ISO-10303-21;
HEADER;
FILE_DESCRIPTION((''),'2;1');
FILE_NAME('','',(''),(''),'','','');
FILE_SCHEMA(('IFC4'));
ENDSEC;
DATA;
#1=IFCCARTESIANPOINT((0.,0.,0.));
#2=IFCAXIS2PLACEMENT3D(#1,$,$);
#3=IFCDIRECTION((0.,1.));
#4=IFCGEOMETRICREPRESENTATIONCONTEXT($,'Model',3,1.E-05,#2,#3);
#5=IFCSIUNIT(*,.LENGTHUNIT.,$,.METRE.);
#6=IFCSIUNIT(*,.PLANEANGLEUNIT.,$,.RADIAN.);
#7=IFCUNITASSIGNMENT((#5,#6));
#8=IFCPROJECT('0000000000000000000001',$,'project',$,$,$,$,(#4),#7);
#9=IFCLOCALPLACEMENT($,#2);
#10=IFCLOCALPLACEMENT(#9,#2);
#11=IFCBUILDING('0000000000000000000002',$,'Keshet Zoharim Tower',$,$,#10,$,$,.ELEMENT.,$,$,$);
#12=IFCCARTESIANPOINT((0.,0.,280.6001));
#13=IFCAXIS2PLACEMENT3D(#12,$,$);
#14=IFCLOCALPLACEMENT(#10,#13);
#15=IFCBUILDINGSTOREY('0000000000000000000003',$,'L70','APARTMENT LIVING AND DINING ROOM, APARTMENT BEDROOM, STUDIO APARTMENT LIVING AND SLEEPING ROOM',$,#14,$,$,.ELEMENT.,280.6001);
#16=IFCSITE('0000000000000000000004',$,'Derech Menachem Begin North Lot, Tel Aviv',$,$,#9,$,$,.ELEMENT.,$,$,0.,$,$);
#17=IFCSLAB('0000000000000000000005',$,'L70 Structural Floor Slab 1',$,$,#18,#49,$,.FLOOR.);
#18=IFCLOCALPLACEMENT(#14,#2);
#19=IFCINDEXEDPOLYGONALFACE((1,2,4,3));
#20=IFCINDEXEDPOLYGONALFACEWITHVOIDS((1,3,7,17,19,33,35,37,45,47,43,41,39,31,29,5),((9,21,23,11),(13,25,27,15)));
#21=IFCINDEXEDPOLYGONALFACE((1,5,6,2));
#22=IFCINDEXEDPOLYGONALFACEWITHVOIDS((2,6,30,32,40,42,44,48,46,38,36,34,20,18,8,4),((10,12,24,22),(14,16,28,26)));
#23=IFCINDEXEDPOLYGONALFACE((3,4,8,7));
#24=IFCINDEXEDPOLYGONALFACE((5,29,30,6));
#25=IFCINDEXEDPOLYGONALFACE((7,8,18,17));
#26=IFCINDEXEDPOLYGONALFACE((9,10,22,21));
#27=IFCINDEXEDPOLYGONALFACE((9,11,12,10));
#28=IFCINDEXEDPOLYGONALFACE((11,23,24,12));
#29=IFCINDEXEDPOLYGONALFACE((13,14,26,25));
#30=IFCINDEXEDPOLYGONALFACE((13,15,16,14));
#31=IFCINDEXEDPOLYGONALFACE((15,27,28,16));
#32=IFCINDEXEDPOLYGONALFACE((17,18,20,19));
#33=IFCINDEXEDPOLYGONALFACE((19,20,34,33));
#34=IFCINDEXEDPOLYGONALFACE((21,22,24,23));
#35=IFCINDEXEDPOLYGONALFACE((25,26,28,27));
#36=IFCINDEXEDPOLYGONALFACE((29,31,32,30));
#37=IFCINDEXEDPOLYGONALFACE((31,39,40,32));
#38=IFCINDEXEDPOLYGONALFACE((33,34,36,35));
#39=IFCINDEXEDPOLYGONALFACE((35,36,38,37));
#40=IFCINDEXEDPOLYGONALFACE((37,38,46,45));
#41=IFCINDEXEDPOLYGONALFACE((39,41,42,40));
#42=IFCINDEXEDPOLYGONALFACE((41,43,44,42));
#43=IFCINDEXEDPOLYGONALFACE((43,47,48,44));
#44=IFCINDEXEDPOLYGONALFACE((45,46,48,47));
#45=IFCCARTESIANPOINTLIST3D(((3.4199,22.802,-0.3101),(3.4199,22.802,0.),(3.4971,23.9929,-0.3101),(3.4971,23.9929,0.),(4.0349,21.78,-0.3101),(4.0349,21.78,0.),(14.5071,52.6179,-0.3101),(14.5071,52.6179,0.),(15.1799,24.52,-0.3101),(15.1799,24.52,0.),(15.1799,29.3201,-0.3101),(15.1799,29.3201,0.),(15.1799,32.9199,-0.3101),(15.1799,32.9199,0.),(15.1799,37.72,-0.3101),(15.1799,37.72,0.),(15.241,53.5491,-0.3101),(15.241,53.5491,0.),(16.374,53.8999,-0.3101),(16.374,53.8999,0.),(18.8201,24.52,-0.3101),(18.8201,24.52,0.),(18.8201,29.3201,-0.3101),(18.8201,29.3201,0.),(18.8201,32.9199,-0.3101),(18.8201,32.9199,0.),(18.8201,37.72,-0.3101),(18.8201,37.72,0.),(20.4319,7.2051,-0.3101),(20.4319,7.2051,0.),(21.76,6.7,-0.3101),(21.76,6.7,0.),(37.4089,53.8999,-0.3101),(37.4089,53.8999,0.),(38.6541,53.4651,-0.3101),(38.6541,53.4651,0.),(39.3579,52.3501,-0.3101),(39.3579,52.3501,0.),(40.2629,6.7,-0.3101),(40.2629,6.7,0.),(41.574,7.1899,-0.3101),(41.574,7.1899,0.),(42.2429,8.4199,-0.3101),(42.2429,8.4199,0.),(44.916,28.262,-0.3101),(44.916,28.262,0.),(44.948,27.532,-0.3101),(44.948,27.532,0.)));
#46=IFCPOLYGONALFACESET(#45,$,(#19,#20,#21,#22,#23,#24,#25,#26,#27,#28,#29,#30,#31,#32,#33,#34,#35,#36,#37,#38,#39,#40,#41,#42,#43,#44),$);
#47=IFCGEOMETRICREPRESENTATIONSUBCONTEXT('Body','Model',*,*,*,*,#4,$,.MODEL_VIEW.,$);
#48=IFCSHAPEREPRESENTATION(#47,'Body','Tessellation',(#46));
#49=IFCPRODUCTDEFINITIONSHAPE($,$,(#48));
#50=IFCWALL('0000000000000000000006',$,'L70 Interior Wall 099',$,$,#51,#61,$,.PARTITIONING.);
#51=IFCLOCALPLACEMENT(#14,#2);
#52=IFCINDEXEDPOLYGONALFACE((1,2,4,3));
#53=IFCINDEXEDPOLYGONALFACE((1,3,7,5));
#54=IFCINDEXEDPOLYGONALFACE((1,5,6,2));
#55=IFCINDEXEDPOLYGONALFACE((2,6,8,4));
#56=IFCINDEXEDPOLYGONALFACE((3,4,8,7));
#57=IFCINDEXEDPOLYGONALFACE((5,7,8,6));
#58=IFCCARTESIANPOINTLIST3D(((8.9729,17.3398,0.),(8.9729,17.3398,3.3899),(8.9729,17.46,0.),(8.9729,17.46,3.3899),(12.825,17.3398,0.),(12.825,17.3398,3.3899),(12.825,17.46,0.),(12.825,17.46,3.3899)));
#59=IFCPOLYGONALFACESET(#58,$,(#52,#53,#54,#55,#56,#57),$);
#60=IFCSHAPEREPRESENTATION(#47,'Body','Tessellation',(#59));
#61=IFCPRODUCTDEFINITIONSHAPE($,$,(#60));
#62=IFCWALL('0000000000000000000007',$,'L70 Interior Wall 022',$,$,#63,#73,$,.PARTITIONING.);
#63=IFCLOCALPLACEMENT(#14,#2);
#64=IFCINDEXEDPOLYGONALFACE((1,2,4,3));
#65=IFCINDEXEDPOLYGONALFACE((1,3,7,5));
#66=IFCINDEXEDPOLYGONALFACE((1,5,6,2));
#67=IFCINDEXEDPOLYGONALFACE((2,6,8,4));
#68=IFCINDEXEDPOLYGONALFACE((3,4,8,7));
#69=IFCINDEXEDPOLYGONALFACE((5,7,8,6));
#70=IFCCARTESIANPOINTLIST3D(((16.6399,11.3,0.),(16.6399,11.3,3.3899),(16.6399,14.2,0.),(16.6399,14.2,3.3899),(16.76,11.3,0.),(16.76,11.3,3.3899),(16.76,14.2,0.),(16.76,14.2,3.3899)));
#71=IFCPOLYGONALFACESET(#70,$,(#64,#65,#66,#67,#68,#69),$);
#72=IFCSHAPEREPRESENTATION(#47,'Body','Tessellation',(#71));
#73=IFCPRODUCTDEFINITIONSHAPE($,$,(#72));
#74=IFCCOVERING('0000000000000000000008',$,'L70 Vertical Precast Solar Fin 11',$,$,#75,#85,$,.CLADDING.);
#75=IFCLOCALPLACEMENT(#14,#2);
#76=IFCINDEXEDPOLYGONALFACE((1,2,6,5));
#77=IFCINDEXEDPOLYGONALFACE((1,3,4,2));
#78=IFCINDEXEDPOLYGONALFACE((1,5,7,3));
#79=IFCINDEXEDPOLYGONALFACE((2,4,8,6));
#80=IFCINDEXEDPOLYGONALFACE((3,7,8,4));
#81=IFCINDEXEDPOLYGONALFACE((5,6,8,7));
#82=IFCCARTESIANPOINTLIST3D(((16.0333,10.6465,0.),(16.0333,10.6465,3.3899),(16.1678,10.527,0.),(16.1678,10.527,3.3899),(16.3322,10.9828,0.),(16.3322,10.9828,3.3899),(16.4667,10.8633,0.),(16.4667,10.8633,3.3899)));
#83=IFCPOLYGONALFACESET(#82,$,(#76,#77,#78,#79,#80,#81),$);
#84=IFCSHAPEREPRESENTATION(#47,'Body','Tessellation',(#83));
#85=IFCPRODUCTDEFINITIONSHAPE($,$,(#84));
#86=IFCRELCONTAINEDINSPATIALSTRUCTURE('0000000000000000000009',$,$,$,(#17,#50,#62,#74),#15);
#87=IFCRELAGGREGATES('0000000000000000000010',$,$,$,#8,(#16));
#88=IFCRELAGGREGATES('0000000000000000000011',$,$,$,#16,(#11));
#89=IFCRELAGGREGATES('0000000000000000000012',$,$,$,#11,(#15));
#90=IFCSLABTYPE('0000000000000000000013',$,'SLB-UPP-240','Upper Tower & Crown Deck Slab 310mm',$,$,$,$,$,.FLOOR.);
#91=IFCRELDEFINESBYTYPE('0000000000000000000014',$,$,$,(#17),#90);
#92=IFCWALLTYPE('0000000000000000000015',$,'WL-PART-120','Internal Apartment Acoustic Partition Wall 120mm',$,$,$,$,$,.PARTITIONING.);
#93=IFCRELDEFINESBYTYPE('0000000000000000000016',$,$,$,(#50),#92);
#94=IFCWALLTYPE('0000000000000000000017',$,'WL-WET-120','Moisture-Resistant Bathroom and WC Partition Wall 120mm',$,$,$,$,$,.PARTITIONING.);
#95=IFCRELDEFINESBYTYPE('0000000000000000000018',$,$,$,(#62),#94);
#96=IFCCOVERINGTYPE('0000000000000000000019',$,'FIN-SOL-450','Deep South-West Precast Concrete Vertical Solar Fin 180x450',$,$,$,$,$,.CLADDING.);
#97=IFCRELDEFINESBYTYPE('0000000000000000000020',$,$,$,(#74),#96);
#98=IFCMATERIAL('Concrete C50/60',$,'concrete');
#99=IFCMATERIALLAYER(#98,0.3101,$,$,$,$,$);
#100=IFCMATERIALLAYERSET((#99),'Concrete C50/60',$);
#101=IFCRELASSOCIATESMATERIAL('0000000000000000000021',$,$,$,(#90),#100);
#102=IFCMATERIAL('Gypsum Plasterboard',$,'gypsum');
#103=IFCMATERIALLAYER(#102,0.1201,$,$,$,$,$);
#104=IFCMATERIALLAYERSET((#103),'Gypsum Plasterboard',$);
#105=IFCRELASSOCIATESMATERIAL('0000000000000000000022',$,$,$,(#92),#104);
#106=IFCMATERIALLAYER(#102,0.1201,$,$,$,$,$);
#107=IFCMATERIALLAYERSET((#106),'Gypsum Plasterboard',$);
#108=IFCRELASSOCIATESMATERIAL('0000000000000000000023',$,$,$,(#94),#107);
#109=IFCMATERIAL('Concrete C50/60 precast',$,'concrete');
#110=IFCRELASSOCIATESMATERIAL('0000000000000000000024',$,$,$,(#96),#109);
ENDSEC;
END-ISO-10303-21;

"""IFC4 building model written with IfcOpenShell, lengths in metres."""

from ifc_helpers import new_model, si_unit, direction, frame, frame_2d, origin, origin_2d, place, context, subcontext, project, spatial, polyline, rectangle, outline, extrude, material, layer, layer_set, type_object, element, save


model = new_model("IFC4")

# Units and contexts
model_context = context("Model", 3, precision=1e-05, world=origin(), true_north=direction((0.0, 1.0)))
body_context = subcontext(model_context, "Body", "Model", "MODEL_VIEW")
ifc_project = project(units=[si_unit("LENGTHUNIT", "METRE"), si_unit("PLANEANGLEUNIT", "RADIAN")], contexts=[model_context])

# Site, building, storey
site_placement = place(None, origin())
site = spatial("IfcSite", under=ifc_project, at=site_placement, Name="Derech Menachem Begin North Lot, Tel Aviv", CompositionType="ELEMENT", RefElevation=0.0)
building_placement = place(site_placement, origin())
building = spatial("IfcBuilding", under=site, at=building_placement, Name="Keshet Zoharim Tower", CompositionType="ELEMENT")
storey_placement = place(building_placement, frame((0.0, 0.0, 280.6001)))
storey = spatial("IfcBuildingStorey", under=building, at=storey_placement, Name="L70", Description="APARTMENT LIVING AND DINING ROOM, APARTMENT BEDROOM, STUDIO APARTMENT LIVING AND SLEEPING ROOM", CompositionType="ELEMENT", Elevation=280.6001)

# Shared definitions
ifc_material_1 = material(Name="Concrete C50/60", Category="concrete")

# Slab
ifc_layer_1 = layer(ifc_material_1, 0.3101)
ifc_layer_set_1 = layer_set([ifc_layer_1], Name="Concrete C50/60")
slab_type_1 = type_object("IfcSlabType", Name="SLB-UPP-240", Description="Upper Tower & Crown Deck Slab 310mm", PredefinedType="FLOOR", material=ifc_layer_set_1)
slab_1_placement = place(storey_placement, frame((0.0, 0.0, -0.3101)))
element("IfcSlab", 1, at=slab_1_placement, inside=storey, type_object=slab_type_1, Name="L70 Structural Floor Slab 1", PredefinedType="FLOOR", context=body_context, shape_type="SweptSolid", body=[
    extrude(outline(polyline([(4.0349, 21.78), (3.4199, 22.802), (3.4971, 23.9929), (14.5071, 52.6179), (15.241, 53.5491), (16.374, 53.8999), (37.4089, 53.8999), (38.6541, 53.4651), (39.3579, 52.3501), (44.916, 28.262), (44.948, 27.532), (42.2429, 8.4199), (41.574, 7.1899), (40.2629, 6.7), (21.76, 6.7), (20.4319, 7.2051), (4.0349, 21.78)]), holes=[polyline([(15.1799, 24.52), (18.8201, 24.52), (18.8201, 29.3201), (15.1799, 29.3201), (15.1799, 24.52)]), polyline([(15.1799, 32.9199), (18.8201, 32.9199), (18.8201, 37.72), (15.1799, 37.72), (15.1799, 32.9199)])]), origin(), (0.0, 0.0, 1.0), 0.3101),
])

# Shared definitions
ifc_material_2 = material(Name="Gypsum Plasterboard", Category="gypsum")

# Walls
ifc_layer_2 = layer(ifc_material_2, 0.1201)
ifc_layer_set_2 = layer_set([ifc_layer_2], Name="Gypsum Plasterboard")
wall_type_1 = type_object("IfcWallType", Name="WL-PART-120", Description="Internal Apartment Acoustic Partition Wall 120mm", PredefinedType="PARTITIONING", material=ifc_layer_set_2)
wall_1_placement = place(storey_placement, frame((8.9729, 17.3999, 0.0), z_axis=(0.0, 0.0, 1.0), x_axis=(1.0, 0.0, 0.0)))
element("IfcWall", 2, at=wall_1_placement, inside=storey, type_object=wall_type_1, Name="L70 Interior Wall 099", PredefinedType="PARTITIONING", context=body_context, shape_type="SweptSolid", body=[
    extrude(rectangle(XDim=3.8521, YDim=0.1201, at=frame_2d((1.926, 0.0))), origin(), (0.0, 0.0, 1.0), 3.3899),
])
ifc_layer_3 = layer(ifc_material_2, 0.1201)
ifc_layer_set_3 = layer_set([ifc_layer_3], Name="Gypsum Plasterboard")
wall_type_2 = type_object("IfcWallType", Name="WL-WET-120", Description="Moisture-Resistant Bathroom and WC Partition Wall 120mm", PredefinedType="PARTITIONING", material=ifc_layer_set_3)
wall_2_placement = place(storey_placement, frame((16.7, 11.3, 0.0), z_axis=(0.0, 0.0, 1.0), x_axis=(0.0, 1.0, 0.0)))
element("IfcWall", 3, at=wall_2_placement, inside=storey, type_object=wall_type_2, Name="L70 Interior Wall 022", PredefinedType="PARTITIONING", context=body_context, shape_type="SweptSolid", body=[
    extrude(rectangle(XDim=2.8999, YDim=0.1201, at=frame_2d((1.45, 0.0))), origin(), (0.0, 0.0, 1.0), 3.3899),
])

# Covering
ifc_material_3 = material(Name="Concrete C50/60 precast", Category="concrete")
covering_type = type_object("IfcCoveringType", Name="FIN-SOL-450", Description="Deep South-West Precast Concrete Vertical Solar Fin 180x450", PredefinedType="CLADDING", material=ifc_material_3)
covering_placement = place(storey_placement, frame((16.25, 10.7549, 0.0), z_axis=(0.0, 0.0, 1.0), x_axis=(-0.747412, 0.664361, 0.0)))
element("IfcCovering", 4, at=covering_placement, inside=storey, type_object=covering_type, Name="L70 Vertical Precast Solar Fin 11", PredefinedType="CLADDING", context=body_context, shape_type="SweptSolid", body=[
    extrude(rectangle(XDim=0.1799, YDim=0.45, at=origin_2d()), origin(), (0.0, 0.0, 1.0), 3.3899),
])

save(model, "model.ifc")
